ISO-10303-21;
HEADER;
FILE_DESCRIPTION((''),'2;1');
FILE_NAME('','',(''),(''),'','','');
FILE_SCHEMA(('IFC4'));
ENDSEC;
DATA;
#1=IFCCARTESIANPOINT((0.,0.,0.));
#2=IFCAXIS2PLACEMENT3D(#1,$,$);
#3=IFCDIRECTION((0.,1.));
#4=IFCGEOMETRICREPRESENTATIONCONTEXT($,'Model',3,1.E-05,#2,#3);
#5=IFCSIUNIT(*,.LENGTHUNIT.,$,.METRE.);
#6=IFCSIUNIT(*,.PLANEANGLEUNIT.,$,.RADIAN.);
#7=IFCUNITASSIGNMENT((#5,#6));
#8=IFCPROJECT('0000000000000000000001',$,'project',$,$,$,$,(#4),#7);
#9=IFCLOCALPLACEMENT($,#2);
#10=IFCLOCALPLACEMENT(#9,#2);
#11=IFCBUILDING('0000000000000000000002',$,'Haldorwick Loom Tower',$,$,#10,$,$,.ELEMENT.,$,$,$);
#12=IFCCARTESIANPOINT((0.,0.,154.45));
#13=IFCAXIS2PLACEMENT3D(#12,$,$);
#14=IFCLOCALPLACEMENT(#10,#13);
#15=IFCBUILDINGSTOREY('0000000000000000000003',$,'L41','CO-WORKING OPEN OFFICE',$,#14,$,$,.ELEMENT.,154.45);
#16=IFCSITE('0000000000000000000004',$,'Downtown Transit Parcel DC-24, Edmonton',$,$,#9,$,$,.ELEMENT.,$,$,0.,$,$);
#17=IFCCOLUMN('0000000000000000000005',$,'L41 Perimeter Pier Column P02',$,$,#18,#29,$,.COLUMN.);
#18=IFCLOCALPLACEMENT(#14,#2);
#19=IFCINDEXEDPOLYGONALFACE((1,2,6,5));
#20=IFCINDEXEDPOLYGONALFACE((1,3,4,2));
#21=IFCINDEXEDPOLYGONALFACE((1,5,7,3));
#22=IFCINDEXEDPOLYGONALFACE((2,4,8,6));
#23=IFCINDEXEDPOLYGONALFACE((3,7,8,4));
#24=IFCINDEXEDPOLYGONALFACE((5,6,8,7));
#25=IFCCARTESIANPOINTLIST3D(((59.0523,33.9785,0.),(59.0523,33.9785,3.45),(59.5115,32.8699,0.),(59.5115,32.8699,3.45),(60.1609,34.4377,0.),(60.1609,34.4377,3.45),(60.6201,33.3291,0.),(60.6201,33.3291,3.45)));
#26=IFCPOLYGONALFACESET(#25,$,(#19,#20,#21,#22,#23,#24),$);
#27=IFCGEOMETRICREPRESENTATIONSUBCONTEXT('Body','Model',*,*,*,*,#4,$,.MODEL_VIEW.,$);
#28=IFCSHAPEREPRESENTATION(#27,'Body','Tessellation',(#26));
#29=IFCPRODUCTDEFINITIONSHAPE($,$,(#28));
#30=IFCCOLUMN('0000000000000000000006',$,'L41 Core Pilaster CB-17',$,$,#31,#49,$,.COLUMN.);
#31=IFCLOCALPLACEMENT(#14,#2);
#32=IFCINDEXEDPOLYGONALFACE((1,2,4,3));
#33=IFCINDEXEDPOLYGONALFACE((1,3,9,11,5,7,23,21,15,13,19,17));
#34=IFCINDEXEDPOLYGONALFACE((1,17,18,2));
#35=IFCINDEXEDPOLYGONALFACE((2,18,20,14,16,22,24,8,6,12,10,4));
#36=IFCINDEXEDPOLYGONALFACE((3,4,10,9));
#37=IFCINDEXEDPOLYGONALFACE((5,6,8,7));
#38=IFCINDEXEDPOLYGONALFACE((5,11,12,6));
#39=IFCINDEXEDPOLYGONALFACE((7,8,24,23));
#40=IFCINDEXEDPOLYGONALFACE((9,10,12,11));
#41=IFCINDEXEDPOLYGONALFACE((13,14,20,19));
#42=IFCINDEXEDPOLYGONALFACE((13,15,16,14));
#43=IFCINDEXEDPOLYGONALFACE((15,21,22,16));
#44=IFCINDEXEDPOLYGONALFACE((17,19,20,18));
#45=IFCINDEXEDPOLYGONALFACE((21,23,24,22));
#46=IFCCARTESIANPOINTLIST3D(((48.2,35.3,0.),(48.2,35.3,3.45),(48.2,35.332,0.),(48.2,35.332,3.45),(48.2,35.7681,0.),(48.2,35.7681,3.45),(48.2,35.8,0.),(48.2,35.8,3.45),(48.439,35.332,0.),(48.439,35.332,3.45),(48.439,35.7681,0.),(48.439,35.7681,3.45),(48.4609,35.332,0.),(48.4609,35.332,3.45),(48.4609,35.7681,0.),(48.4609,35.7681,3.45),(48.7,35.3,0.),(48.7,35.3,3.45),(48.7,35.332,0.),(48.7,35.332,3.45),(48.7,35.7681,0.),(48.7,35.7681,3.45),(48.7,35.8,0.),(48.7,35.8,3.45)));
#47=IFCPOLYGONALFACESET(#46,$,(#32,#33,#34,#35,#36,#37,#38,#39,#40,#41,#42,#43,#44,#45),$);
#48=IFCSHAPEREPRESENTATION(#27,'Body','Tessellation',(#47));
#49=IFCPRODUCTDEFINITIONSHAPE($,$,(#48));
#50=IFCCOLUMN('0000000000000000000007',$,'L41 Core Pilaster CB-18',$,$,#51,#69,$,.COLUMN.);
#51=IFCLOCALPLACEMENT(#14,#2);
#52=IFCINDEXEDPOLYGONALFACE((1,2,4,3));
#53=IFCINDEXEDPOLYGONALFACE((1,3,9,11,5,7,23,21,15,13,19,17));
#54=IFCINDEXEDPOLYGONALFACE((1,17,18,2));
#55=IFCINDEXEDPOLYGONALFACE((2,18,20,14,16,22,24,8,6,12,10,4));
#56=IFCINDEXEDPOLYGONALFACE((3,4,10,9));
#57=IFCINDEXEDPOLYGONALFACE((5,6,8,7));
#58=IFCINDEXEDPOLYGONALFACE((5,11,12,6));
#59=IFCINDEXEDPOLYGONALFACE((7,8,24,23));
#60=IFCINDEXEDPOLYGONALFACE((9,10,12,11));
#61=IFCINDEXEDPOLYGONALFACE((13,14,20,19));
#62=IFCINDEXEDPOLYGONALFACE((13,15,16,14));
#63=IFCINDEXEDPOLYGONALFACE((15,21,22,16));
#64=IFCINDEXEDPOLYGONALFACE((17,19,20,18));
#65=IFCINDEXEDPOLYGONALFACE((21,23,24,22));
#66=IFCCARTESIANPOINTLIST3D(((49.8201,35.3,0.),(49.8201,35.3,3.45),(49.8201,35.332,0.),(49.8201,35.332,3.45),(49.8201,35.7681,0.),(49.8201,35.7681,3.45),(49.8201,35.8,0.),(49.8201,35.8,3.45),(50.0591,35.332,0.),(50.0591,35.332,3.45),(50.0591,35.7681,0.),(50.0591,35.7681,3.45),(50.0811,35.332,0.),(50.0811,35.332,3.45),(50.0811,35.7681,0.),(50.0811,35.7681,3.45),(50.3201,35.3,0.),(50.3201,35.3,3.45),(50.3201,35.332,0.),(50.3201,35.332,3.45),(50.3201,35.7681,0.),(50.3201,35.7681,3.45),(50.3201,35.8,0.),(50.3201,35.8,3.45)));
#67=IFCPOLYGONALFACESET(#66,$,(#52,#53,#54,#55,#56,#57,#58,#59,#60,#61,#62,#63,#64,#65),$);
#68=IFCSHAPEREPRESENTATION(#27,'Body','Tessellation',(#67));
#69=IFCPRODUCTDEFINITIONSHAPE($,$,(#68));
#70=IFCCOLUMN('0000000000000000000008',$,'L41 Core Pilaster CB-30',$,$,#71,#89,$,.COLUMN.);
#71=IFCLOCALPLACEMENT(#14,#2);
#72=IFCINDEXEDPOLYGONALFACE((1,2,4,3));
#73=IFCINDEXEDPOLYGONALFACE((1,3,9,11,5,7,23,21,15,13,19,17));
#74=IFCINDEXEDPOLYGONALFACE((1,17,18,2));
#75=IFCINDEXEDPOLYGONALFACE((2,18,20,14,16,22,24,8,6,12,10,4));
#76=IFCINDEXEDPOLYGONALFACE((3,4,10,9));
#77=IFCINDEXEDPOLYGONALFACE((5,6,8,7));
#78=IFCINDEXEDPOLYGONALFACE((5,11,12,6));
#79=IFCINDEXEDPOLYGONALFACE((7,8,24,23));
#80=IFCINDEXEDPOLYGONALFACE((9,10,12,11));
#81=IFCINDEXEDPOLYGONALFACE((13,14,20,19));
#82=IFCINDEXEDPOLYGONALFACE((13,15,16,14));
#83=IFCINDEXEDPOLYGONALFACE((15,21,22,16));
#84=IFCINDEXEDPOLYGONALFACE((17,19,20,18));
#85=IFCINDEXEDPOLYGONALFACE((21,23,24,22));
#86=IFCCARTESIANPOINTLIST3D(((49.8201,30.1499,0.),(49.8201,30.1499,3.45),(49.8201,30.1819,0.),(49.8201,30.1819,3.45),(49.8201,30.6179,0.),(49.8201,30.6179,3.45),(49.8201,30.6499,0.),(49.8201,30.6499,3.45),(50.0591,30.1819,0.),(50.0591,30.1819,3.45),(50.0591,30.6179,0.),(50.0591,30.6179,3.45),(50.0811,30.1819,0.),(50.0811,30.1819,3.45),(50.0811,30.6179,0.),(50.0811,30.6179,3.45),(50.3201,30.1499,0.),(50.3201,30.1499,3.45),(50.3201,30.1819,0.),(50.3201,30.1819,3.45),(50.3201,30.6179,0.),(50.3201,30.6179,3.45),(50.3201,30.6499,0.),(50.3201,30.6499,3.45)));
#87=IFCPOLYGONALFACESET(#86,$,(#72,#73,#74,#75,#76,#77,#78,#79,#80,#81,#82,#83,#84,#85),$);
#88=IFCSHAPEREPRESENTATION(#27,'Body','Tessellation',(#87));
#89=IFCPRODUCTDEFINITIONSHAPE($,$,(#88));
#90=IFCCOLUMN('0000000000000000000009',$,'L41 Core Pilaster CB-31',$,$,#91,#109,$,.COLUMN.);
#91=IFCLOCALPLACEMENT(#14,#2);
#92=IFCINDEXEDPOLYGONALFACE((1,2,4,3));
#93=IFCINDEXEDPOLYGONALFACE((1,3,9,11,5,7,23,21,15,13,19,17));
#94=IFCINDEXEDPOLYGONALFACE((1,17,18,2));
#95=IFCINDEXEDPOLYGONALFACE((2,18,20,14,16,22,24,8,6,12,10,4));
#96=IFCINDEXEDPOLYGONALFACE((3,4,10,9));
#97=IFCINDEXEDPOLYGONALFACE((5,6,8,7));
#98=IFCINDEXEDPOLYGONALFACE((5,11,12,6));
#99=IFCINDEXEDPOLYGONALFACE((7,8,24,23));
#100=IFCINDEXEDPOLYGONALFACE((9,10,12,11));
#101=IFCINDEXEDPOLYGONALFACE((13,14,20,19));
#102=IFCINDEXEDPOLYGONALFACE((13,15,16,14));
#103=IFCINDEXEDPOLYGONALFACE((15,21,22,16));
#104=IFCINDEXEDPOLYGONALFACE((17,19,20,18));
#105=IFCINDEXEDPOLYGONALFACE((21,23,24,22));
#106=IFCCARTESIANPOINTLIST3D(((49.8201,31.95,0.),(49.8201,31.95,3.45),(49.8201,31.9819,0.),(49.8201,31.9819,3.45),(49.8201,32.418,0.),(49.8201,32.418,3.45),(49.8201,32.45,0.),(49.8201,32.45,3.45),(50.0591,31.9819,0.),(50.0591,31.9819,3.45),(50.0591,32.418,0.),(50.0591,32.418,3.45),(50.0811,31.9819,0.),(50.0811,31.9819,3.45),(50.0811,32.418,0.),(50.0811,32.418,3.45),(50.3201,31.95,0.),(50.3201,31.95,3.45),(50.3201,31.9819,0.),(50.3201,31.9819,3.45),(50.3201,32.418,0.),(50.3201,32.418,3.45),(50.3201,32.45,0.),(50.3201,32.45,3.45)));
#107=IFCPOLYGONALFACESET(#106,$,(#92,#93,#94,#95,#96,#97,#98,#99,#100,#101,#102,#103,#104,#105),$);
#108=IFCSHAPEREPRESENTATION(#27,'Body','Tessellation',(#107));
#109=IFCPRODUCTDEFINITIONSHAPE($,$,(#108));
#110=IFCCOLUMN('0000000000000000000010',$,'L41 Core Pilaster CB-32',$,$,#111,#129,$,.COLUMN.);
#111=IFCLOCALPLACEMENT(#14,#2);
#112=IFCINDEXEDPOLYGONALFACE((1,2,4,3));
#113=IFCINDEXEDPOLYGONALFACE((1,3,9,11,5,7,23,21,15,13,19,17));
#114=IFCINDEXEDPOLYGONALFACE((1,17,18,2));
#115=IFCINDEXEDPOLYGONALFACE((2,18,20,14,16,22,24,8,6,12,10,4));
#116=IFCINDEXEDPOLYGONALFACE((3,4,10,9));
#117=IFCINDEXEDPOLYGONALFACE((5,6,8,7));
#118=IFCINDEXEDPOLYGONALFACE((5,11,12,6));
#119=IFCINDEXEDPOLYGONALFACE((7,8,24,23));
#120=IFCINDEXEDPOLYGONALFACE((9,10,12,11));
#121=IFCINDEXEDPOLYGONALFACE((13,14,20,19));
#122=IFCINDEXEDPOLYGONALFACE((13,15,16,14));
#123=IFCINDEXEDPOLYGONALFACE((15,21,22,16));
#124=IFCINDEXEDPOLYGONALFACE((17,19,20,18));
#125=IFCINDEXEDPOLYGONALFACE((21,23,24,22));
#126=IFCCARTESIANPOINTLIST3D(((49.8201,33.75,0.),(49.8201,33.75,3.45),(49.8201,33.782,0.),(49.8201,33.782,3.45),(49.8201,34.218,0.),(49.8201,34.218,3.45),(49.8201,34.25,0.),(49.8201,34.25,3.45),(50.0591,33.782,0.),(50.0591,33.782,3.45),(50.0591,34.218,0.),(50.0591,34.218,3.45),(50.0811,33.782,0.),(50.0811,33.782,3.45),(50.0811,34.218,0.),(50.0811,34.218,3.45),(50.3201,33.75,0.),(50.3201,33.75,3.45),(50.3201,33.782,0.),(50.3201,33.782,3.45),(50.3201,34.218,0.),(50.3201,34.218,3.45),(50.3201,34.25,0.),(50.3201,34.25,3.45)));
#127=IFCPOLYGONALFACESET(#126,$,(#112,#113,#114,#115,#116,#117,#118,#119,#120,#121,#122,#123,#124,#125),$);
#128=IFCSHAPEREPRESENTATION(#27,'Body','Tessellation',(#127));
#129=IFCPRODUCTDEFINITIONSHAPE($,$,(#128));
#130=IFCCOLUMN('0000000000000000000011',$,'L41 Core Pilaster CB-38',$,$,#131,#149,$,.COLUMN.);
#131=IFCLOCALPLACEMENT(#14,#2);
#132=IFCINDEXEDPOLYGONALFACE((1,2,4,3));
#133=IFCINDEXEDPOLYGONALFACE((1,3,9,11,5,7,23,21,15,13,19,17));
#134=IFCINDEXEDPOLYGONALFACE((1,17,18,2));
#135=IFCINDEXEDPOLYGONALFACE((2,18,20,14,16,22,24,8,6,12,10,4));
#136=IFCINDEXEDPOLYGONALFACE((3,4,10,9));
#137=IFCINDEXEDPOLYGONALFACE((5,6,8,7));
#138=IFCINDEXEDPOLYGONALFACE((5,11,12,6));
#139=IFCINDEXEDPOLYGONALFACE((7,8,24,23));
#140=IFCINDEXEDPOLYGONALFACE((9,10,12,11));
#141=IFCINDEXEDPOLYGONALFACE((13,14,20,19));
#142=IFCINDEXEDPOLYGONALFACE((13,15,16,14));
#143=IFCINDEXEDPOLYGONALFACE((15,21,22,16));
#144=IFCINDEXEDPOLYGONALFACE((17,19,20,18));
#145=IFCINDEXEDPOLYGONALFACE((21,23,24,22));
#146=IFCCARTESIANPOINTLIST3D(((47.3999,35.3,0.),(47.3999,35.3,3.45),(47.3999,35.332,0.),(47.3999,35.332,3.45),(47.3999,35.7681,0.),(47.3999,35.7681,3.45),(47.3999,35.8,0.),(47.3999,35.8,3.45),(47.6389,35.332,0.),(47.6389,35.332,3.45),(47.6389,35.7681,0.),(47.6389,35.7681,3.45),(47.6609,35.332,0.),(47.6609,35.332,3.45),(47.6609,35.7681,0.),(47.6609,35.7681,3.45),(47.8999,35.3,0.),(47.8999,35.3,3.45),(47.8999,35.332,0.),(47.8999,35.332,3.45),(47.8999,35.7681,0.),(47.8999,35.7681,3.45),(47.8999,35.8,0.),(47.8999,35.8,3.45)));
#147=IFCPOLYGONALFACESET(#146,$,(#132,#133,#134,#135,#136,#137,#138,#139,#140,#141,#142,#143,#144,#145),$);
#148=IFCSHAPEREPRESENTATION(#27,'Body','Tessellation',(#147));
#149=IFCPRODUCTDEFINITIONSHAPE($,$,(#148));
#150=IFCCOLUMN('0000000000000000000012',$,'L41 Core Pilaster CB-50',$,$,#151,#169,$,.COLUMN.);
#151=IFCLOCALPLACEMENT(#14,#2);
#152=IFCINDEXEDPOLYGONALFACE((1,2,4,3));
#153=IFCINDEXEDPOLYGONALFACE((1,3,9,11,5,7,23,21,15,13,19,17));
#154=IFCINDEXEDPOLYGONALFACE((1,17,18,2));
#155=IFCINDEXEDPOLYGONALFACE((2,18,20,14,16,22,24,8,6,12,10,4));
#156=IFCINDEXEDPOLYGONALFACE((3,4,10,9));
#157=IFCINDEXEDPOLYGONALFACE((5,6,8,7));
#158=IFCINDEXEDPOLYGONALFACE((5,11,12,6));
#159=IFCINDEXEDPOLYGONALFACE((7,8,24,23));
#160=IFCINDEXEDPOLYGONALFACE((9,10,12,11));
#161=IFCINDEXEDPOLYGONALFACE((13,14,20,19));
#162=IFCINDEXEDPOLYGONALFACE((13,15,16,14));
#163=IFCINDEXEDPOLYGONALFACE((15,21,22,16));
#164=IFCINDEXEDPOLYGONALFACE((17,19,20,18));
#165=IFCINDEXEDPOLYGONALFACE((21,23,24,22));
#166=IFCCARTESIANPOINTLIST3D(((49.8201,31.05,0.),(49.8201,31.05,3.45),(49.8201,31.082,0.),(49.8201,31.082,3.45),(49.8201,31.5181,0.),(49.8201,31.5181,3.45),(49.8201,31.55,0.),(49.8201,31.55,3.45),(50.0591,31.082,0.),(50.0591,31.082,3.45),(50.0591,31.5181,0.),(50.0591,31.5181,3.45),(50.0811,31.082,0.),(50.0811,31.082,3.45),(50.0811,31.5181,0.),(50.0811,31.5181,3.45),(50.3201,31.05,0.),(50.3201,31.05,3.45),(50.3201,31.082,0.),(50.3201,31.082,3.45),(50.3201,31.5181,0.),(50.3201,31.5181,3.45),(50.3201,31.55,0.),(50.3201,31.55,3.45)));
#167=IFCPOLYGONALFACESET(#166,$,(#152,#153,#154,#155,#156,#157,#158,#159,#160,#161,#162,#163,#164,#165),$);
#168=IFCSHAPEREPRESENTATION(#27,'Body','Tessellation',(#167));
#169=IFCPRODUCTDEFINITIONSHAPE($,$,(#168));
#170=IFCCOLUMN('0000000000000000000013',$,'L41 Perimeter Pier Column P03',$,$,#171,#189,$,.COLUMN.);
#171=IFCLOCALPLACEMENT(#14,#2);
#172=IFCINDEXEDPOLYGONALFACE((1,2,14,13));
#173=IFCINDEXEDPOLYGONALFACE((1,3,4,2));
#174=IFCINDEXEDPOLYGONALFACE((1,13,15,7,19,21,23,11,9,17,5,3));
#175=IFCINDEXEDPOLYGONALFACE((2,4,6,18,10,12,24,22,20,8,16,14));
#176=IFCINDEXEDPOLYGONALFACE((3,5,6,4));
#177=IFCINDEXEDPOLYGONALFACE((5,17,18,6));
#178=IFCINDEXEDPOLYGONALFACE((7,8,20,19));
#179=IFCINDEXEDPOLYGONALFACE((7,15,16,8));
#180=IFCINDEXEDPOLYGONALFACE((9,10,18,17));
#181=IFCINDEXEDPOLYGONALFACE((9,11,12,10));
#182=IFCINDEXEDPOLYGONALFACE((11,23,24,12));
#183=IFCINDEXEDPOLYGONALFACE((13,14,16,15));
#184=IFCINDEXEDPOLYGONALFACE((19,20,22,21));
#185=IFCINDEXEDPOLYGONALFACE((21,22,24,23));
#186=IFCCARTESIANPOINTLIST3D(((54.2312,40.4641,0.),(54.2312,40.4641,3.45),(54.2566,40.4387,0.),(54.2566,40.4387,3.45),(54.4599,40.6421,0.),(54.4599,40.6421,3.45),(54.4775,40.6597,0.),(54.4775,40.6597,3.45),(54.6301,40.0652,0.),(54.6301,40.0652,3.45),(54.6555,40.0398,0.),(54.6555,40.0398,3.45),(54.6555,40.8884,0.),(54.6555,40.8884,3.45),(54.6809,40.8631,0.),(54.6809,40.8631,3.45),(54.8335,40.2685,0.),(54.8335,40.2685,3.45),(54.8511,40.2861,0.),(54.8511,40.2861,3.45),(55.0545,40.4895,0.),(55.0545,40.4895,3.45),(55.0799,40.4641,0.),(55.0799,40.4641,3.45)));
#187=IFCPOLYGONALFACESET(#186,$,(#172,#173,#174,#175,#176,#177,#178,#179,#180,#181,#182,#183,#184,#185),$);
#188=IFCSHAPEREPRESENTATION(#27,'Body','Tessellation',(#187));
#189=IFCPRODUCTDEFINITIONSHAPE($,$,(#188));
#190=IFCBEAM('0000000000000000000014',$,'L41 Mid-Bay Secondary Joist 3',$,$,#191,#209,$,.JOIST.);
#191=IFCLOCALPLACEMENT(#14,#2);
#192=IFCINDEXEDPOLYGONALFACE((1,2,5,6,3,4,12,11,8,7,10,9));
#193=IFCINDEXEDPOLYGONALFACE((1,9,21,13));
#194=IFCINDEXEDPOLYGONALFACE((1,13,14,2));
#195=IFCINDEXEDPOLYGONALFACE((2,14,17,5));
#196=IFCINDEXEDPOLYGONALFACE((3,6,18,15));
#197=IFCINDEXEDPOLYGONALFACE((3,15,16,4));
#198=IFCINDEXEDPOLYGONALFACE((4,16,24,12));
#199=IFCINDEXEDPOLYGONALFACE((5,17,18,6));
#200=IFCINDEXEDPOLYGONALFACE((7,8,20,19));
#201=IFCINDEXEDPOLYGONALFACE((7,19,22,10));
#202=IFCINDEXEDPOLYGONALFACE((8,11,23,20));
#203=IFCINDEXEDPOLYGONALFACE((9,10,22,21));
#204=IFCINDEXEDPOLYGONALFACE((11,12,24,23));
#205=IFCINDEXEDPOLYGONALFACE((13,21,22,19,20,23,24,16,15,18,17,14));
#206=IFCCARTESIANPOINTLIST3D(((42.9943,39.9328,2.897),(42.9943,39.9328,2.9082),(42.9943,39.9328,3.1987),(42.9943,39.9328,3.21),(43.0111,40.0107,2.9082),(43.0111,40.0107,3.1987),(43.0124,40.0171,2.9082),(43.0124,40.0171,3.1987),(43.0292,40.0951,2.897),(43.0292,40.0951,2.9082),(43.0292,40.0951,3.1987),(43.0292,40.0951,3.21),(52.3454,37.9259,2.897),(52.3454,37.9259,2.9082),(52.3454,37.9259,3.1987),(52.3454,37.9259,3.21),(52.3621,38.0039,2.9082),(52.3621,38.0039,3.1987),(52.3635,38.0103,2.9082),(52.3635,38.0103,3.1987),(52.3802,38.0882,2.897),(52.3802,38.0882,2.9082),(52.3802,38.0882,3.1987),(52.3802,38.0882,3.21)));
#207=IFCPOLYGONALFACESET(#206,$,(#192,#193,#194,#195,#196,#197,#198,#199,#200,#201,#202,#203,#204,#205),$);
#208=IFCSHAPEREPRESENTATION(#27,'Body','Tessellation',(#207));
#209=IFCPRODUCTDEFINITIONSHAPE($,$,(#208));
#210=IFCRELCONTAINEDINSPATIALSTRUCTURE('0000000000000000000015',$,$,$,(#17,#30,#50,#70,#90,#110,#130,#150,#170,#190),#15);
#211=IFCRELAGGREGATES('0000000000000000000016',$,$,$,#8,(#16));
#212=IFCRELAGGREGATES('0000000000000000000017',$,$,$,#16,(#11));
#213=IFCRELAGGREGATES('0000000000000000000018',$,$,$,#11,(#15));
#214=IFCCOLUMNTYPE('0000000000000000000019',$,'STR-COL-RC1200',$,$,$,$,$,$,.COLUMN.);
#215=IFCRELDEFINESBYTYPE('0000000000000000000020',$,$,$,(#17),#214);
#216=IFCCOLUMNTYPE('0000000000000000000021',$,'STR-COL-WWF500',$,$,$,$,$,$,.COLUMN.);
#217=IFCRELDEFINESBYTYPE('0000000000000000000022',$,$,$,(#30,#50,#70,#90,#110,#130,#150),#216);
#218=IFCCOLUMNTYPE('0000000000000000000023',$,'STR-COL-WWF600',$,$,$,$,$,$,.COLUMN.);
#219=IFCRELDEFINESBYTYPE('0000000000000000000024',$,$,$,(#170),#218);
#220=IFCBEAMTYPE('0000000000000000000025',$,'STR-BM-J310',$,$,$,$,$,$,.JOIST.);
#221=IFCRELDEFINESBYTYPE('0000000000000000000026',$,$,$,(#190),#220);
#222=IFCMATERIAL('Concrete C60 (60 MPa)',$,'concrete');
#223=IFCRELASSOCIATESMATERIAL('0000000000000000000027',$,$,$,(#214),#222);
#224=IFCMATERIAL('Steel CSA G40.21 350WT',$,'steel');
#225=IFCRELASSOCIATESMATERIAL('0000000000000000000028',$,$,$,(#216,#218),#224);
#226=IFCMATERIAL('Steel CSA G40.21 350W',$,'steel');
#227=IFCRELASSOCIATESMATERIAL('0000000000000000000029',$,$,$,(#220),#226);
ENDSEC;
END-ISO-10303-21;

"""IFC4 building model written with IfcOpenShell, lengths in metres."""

from ifc_helpers import new_model, si_unit, direction, frame, origin, origin_2d, place, context, subcontext, project, spatial, rectangle, i_section, extrude, material, material_profile, profile_set, type_object, element, save


model = new_model("IFC4")

# Units and contexts
model_context = context("Model", 3, precision=1e-05, world=origin(), true_north=direction((0.0, 1.0)))
body_context = subcontext(model_context, "Body", "Model", "MODEL_VIEW")
ifc_project = project(units=[si_unit("LENGTHUNIT", "METRE"), si_unit("PLANEANGLEUNIT", "RADIAN")], contexts=[model_context])

# Site, building, storey
site_placement = place(None, origin())
site = spatial("IfcSite", under=ifc_project, at=site_placement, Name="Downtown Transit Parcel DC-24, Edmonton", CompositionType="ELEMENT", RefElevation=0.0)
building_placement = place(site_placement, origin())
building = spatial("IfcBuilding", under=site, at=building_placement, Name="Haldorwick Loom Tower", CompositionType="ELEMENT")
storey_placement = place(building_placement, frame((0.0, 0.0, 154.45)))
storey = spatial("IfcBuildingStorey", under=building, at=storey_placement, Name="L41", Description="CO-WORKING OPEN OFFICE", CompositionType="ELEMENT", Elevation=154.45)

# Columns
ifc_material_1 = material(Name="Concrete C60 (60 MPa)", Category="concrete")
ifc_material_profile_1 = material_profile(ifc_material_1, rectangle(XDim=1.2, YDim=1.2, at=origin_2d()), Name="RC1200X1200", Category="concrete")
ifc_profile_set_1 = profile_set([ifc_material_profile_1], Name="Concrete C60 (60 MPa)")
column_type_1 = type_object("IfcColumnType", Name="STR-COL-RC1200", PredefinedType="COLUMN", material=ifc_profile_set_1)
column_1_placement = place(storey_placement, frame((59.8362, 33.6538, 0.0), z_axis=(0.0, 0.0, 1.0), x_axis=(0.92388, 0.382683, 0.0)))
element("IfcColumn", 1, at=column_1_placement, inside=storey, type_object=column_type_1, Name="L41 Perimeter Pier Column P02", PredefinedType="COLUMN", context=body_context, shape_type="SweptSolid", body=[
    extrude(rectangle(XDim=1.2, YDim=1.2, at=origin_2d()), origin(), (0.0, 0.0, 1.0), 3.45),
])
ifc_material_2 = material(Name="Steel CSA G40.21 350WT", Category="steel")
ifc_material_profile_2 = material_profile(ifc_material_2, i_section(OverallWidth=0.5, OverallDepth=0.5, WebThickness=0.022, FlangeThickness=0.032, at=origin_2d()), Name="WWF500X500", Category="steel")
ifc_profile_set_2 = profile_set([ifc_material_profile_2], Name="Steel CSA G40.21 350WT")
column_type_2 = type_object("IfcColumnType", Name="STR-COL-WWF500", PredefinedType="COLUMN", material=ifc_profile_set_2)
for number, where, z_axis, x_axis, name in (
    (2, (48.45, 35.55, 0.0), (0.0, 0.0, 1.0), (1.0, 0.0, 0.0), "L41 Core Pilaster CB-17"),
    (3, (50.0701, 35.55, 0.0), (0.0, 0.0, 1.0), (1.0, 0.0, 0.0), "L41 Core Pilaster CB-18"),
    (4, (50.0701, 30.3999, 0.0), (0.0, 0.0, 1.0), (1.0, 0.0, 0.0), "L41 Core Pilaster CB-30"),
    (5, (50.0701, 32.2, 0.0), (0.0, 0.0, 1.0), (1.0, 0.0, 0.0), "L41 Core Pilaster CB-31"),
    (6, (50.0701, 34.0, 0.0), (0.0, 0.0, 1.0), (1.0, 0.0, 0.0), "L41 Core Pilaster CB-32"),
    (7, (47.6499, 35.55, 0.0), (0.0, 0.0, 1.0), (1.0, 0.0, 0.0), "L41 Core Pilaster CB-38"),
    (8, (50.0701, 31.3, 0.0), (0.0, 0.0, 1.0), (1.0, 0.0, 0.0), "L41 Core Pilaster CB-50"),
):
    element("IfcColumn", number, at=place(storey_placement, frame(where, z_axis=z_axis, x_axis=x_axis)), inside=storey, type_object=column_type_2, Name=name, PredefinedType="COLUMN", context=body_context, shape_type="SweptSolid", body=[
        extrude(i_section(OverallWidth=0.5, OverallDepth=0.5, WebThickness=0.022, FlangeThickness=0.032, at=origin_2d()), origin(), (0.0, 0.0, 1.0), 3.45),
    ])
ifc_material_profile_3 = material_profile(ifc_material_2, i_section(OverallWidth=0.6001, OverallDepth=0.6001, WebThickness=0.0249, FlangeThickness=0.0359, at=origin_2d()), Name="WWF600X600", Category="steel")
ifc_profile_set_3 = profile_set([ifc_material_profile_3], Name="Steel CSA G40.21 350WT")
column_type_3 = type_object("IfcColumnType", Name="STR-COL-WWF600", PredefinedType="COLUMN", material=ifc_profile_set_3)
column_2_placement = place(storey_placement, frame((54.6555, 40.4641, 0.0), z_axis=(0.0, 0.0, 1.0), x_axis=(0.707107, 0.707107, 0.0)))
element("IfcColumn", 9, at=column_2_placement, inside=storey, type_object=column_type_3, Name="L41 Perimeter Pier Column P03", PredefinedType="COLUMN", context=body_context, shape_type="SweptSolid", body=[
    extrude(i_section(OverallWidth=0.6001, OverallDepth=0.6001, WebThickness=0.0249, FlangeThickness=0.0359, at=origin_2d()), origin(), (0.0, 0.0, 1.0), 3.45),
])

# Beam
ifc_material_3 = material(Name="Steel CSA G40.21 350W", Category="steel")
ifc_material_profile_4 = material_profile(ifc_material_3, i_section(OverallWidth=0.166, OverallDepth=0.313, WebThickness=0.0066, FlangeThickness=0.0112, at=origin_2d()), Name="W310X45", Category="steel")
ifc_profile_set_4 = profile_set([ifc_material_profile_4], Name="Steel CSA G40.21 350W")
beam_type_1 = type_object("IfcBeamType", Name="STR-BM-J310", PredefinedType="JOIST", material=ifc_profile_set_4)
beam_1_placement = place(storey_placement, frame((52.3628, 38.0071, 3.0535), z_axis=(-0.977737, 0.209832, 0.0), x_axis=(-0.209832, -0.977737, 0.0)))
element("IfcBeam", 10, at=beam_1_placement, inside=storey, type_object=beam_type_1, Name="L41 Mid-Bay Secondary Joist 3", PredefinedType="JOIST", context=body_context, shape_type="SweptSolid", body=[
    extrude(i_section(OverallWidth=0.166, OverallDepth=0.313, WebThickness=0.0066, FlangeThickness=0.0112, at=origin_2d()), origin(), (0.0, 0.0, 1.0), 9.564),
])

save(model, "model.ifc")
